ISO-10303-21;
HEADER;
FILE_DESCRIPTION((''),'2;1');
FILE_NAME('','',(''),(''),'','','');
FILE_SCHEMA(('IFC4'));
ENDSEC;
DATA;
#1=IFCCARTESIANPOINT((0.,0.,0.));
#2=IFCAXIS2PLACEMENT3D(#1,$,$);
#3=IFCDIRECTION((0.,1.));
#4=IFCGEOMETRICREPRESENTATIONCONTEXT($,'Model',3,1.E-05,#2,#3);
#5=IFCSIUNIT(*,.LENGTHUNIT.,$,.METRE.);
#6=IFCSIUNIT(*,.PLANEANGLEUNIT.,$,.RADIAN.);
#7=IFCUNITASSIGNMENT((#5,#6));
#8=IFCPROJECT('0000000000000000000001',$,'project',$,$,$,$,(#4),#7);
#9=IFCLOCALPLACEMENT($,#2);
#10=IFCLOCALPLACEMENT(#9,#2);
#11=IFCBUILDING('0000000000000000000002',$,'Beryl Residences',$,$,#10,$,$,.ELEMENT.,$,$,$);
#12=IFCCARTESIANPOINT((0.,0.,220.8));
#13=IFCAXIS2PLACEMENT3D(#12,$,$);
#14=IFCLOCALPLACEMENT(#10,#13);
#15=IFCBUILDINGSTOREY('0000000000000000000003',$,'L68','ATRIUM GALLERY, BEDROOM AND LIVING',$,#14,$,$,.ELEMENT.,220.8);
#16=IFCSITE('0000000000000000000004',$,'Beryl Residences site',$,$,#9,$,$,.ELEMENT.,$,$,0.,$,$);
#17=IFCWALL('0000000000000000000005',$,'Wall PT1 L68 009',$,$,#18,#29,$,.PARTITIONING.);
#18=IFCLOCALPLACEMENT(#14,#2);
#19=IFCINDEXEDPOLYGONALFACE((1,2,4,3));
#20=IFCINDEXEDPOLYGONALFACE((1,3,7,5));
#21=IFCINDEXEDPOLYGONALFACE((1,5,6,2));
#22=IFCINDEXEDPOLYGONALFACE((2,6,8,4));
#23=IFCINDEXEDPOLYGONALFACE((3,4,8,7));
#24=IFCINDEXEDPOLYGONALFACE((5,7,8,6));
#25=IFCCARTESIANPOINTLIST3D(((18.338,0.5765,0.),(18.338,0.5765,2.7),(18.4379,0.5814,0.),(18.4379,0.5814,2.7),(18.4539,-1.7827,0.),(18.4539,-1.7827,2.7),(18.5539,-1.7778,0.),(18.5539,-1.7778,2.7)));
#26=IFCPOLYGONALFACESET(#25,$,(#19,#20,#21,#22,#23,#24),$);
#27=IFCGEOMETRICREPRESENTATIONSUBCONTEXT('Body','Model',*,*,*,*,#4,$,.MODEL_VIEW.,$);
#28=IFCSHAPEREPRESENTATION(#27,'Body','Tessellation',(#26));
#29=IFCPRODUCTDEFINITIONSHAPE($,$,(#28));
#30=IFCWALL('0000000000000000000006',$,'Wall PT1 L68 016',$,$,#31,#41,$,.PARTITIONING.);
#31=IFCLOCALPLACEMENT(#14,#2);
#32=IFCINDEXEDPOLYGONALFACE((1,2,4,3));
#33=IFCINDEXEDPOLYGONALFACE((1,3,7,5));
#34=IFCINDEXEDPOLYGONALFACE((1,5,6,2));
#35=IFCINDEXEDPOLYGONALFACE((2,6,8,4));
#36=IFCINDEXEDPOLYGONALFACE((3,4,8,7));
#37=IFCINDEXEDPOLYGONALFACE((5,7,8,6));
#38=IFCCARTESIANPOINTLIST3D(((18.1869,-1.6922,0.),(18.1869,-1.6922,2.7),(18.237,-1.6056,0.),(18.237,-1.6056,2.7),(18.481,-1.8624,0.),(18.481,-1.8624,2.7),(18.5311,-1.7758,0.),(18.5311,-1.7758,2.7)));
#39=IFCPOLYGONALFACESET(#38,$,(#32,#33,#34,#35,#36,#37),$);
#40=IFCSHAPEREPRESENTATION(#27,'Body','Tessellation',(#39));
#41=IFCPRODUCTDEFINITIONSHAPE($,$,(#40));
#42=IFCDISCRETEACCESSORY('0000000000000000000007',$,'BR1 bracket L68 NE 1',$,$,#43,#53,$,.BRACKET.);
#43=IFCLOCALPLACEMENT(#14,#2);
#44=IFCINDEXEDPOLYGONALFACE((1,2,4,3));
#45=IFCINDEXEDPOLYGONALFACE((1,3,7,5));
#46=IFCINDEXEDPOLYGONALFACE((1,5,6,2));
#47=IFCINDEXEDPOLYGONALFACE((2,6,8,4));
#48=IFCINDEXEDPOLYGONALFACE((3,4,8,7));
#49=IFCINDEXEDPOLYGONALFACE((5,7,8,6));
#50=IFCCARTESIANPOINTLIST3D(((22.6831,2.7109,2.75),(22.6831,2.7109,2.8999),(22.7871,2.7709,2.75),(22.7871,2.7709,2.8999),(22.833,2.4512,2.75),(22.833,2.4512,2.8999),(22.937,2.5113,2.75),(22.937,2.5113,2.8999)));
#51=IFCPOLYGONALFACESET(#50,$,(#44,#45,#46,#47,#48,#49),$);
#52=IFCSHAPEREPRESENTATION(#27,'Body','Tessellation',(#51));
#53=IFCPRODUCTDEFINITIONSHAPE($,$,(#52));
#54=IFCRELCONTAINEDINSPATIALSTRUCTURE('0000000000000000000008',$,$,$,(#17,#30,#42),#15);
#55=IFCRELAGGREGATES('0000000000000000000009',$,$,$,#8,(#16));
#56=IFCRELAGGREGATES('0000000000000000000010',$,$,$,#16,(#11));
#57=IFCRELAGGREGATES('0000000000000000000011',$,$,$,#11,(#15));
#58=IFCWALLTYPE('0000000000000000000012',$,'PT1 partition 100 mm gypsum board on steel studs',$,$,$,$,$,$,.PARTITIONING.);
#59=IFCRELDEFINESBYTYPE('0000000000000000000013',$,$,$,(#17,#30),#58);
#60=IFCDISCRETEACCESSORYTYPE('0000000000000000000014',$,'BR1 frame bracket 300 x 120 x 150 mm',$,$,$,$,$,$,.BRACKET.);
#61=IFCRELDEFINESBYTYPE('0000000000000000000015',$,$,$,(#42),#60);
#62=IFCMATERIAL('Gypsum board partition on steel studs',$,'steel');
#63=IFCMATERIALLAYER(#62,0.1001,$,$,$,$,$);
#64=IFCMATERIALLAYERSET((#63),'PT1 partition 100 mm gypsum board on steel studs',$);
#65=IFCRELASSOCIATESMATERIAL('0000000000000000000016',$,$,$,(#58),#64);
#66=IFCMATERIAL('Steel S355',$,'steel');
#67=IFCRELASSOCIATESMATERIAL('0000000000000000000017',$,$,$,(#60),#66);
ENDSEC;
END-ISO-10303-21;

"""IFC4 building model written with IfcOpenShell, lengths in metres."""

from ifc_helpers import new_model, si_unit, direction, frame, frame_2d, origin, place, context, subcontext, project, spatial, polyline, rectangle, outline, extrude, source, transform, mapped, material, layer, layer_set, type_object, type_shapes, element, save


model = new_model("IFC4")

# Units and contexts
model_context = context("Model", 3, precision=1e-05, world=origin(), true_north=direction((0.0, 1.0)))
body_context = subcontext(model_context, "Body", "Model", "MODEL_VIEW")
ifc_project = project(units=[si_unit("LENGTHUNIT", "METRE"), si_unit("PLANEANGLEUNIT", "RADIAN")], contexts=[model_context])

# Site, building, storey
site_placement = place(None, origin())
site = spatial("IfcSite", under=ifc_project, at=site_placement, Name="Beryl Residences site", CompositionType="ELEMENT", RefElevation=0.0)
building_placement = place(site_placement, origin())
building = spatial("IfcBuilding", under=site, at=building_placement, Name="Beryl Residences", CompositionType="ELEMENT")
storey_placement = place(building_placement, frame((0.0, 0.0, 220.8)))
storey = spatial("IfcBuildingStorey", under=building, at=storey_placement, Name="L68", Description="ATRIUM GALLERY, BEDROOM AND LIVING", CompositionType="ELEMENT", Elevation=220.8)

# Walls
ifc_material_1 = material(Name="Gypsum board partition on steel studs", Category="steel")
ifc_layer_1 = layer(ifc_material_1, 0.1001)
ifc_layer_set_1 = layer_set([ifc_layer_1], Name="PT1 partition 100 mm gypsum board on steel studs")
wall_type_1 = type_object("IfcWallType", Name="PT1 partition 100 mm gypsum board on steel studs", PredefinedType="PARTITIONING", material=ifc_layer_set_1)
wall_1_placement = place(storey_placement, frame((18.3879, 0.5791, 0.0), z_axis=(0.0, 0.0, 1.0), x_axis=(0.049097, -0.998794, 0.0)))
element("IfcWall", 1, at=wall_1_placement, inside=storey, type_object=wall_type_1, Name="Wall PT1 L68 009", PredefinedType="PARTITIONING", context=body_context, shape_type="SweptSolid", body=[
    extrude(rectangle(XDim=2.3621, YDim=0.1001, at=frame_2d((1.1812, 0.0))), origin(), (0.0, 0.0, 1.0), 2.7),
])
wall_2_placement = place(storey_placement, frame((18.2119, -1.6489, 0.0), z_axis=(0.0, 0.0, 1.0), x_axis=(0.865623, -0.500696, 0.0)))
element("IfcWall", 2, at=wall_2_placement, inside=storey, type_object=wall_type_1, Name="Wall PT1 L68 016", PredefinedType="PARTITIONING", context=body_context, shape_type="SweptSolid", body=[
    extrude(rectangle(XDim=0.3398, YDim=0.1001, at=frame_2d((0.1699, 0.0))), origin(), (0.0, 0.0, 1.0), 2.7),
])

# Discrete accessory
ifc_material_2 = material(Name="Steel S355", Category="steel")
discrete_accessory_type = type_object("IfcDiscreteAccessoryType", Name="BR1 frame bracket 300 x 120 x 150 mm", PredefinedType="BRACKET", material=ifc_material_2)
shared_shape_1 = source(origin(), body_context, "Body", "SweptSolid", [
    extrude(outline(polyline([(-0.1499, 0.0), (0.1499, 0.0), (0.1499, 0.1201), (-0.1499, 0.1201), (-0.1499, 0.0)])), origin(), (0.0, 0.0, 1.0), 0.1499),
])
type_shapes(discrete_accessory_type, [shared_shape_1])
discrete_accessory_placement = place(storey_placement, frame((22.7581, 2.5811, 2.75), z_axis=(0.0, 0.0, 1.0), x_axis=(0.5, -0.866025, 0.0)))
element("IfcDiscreteAccessory", 3, at=discrete_accessory_placement, inside=storey, type_object=discrete_accessory_type, Name="BR1 bracket L68 NE 1", PredefinedType="BRACKET", context=body_context, shape_type="MappedRepresentation", body=[
    mapped(shared_shape_1, transform((0.0, 0.0, 0.0))),
])

save(model, "model.ifc")
